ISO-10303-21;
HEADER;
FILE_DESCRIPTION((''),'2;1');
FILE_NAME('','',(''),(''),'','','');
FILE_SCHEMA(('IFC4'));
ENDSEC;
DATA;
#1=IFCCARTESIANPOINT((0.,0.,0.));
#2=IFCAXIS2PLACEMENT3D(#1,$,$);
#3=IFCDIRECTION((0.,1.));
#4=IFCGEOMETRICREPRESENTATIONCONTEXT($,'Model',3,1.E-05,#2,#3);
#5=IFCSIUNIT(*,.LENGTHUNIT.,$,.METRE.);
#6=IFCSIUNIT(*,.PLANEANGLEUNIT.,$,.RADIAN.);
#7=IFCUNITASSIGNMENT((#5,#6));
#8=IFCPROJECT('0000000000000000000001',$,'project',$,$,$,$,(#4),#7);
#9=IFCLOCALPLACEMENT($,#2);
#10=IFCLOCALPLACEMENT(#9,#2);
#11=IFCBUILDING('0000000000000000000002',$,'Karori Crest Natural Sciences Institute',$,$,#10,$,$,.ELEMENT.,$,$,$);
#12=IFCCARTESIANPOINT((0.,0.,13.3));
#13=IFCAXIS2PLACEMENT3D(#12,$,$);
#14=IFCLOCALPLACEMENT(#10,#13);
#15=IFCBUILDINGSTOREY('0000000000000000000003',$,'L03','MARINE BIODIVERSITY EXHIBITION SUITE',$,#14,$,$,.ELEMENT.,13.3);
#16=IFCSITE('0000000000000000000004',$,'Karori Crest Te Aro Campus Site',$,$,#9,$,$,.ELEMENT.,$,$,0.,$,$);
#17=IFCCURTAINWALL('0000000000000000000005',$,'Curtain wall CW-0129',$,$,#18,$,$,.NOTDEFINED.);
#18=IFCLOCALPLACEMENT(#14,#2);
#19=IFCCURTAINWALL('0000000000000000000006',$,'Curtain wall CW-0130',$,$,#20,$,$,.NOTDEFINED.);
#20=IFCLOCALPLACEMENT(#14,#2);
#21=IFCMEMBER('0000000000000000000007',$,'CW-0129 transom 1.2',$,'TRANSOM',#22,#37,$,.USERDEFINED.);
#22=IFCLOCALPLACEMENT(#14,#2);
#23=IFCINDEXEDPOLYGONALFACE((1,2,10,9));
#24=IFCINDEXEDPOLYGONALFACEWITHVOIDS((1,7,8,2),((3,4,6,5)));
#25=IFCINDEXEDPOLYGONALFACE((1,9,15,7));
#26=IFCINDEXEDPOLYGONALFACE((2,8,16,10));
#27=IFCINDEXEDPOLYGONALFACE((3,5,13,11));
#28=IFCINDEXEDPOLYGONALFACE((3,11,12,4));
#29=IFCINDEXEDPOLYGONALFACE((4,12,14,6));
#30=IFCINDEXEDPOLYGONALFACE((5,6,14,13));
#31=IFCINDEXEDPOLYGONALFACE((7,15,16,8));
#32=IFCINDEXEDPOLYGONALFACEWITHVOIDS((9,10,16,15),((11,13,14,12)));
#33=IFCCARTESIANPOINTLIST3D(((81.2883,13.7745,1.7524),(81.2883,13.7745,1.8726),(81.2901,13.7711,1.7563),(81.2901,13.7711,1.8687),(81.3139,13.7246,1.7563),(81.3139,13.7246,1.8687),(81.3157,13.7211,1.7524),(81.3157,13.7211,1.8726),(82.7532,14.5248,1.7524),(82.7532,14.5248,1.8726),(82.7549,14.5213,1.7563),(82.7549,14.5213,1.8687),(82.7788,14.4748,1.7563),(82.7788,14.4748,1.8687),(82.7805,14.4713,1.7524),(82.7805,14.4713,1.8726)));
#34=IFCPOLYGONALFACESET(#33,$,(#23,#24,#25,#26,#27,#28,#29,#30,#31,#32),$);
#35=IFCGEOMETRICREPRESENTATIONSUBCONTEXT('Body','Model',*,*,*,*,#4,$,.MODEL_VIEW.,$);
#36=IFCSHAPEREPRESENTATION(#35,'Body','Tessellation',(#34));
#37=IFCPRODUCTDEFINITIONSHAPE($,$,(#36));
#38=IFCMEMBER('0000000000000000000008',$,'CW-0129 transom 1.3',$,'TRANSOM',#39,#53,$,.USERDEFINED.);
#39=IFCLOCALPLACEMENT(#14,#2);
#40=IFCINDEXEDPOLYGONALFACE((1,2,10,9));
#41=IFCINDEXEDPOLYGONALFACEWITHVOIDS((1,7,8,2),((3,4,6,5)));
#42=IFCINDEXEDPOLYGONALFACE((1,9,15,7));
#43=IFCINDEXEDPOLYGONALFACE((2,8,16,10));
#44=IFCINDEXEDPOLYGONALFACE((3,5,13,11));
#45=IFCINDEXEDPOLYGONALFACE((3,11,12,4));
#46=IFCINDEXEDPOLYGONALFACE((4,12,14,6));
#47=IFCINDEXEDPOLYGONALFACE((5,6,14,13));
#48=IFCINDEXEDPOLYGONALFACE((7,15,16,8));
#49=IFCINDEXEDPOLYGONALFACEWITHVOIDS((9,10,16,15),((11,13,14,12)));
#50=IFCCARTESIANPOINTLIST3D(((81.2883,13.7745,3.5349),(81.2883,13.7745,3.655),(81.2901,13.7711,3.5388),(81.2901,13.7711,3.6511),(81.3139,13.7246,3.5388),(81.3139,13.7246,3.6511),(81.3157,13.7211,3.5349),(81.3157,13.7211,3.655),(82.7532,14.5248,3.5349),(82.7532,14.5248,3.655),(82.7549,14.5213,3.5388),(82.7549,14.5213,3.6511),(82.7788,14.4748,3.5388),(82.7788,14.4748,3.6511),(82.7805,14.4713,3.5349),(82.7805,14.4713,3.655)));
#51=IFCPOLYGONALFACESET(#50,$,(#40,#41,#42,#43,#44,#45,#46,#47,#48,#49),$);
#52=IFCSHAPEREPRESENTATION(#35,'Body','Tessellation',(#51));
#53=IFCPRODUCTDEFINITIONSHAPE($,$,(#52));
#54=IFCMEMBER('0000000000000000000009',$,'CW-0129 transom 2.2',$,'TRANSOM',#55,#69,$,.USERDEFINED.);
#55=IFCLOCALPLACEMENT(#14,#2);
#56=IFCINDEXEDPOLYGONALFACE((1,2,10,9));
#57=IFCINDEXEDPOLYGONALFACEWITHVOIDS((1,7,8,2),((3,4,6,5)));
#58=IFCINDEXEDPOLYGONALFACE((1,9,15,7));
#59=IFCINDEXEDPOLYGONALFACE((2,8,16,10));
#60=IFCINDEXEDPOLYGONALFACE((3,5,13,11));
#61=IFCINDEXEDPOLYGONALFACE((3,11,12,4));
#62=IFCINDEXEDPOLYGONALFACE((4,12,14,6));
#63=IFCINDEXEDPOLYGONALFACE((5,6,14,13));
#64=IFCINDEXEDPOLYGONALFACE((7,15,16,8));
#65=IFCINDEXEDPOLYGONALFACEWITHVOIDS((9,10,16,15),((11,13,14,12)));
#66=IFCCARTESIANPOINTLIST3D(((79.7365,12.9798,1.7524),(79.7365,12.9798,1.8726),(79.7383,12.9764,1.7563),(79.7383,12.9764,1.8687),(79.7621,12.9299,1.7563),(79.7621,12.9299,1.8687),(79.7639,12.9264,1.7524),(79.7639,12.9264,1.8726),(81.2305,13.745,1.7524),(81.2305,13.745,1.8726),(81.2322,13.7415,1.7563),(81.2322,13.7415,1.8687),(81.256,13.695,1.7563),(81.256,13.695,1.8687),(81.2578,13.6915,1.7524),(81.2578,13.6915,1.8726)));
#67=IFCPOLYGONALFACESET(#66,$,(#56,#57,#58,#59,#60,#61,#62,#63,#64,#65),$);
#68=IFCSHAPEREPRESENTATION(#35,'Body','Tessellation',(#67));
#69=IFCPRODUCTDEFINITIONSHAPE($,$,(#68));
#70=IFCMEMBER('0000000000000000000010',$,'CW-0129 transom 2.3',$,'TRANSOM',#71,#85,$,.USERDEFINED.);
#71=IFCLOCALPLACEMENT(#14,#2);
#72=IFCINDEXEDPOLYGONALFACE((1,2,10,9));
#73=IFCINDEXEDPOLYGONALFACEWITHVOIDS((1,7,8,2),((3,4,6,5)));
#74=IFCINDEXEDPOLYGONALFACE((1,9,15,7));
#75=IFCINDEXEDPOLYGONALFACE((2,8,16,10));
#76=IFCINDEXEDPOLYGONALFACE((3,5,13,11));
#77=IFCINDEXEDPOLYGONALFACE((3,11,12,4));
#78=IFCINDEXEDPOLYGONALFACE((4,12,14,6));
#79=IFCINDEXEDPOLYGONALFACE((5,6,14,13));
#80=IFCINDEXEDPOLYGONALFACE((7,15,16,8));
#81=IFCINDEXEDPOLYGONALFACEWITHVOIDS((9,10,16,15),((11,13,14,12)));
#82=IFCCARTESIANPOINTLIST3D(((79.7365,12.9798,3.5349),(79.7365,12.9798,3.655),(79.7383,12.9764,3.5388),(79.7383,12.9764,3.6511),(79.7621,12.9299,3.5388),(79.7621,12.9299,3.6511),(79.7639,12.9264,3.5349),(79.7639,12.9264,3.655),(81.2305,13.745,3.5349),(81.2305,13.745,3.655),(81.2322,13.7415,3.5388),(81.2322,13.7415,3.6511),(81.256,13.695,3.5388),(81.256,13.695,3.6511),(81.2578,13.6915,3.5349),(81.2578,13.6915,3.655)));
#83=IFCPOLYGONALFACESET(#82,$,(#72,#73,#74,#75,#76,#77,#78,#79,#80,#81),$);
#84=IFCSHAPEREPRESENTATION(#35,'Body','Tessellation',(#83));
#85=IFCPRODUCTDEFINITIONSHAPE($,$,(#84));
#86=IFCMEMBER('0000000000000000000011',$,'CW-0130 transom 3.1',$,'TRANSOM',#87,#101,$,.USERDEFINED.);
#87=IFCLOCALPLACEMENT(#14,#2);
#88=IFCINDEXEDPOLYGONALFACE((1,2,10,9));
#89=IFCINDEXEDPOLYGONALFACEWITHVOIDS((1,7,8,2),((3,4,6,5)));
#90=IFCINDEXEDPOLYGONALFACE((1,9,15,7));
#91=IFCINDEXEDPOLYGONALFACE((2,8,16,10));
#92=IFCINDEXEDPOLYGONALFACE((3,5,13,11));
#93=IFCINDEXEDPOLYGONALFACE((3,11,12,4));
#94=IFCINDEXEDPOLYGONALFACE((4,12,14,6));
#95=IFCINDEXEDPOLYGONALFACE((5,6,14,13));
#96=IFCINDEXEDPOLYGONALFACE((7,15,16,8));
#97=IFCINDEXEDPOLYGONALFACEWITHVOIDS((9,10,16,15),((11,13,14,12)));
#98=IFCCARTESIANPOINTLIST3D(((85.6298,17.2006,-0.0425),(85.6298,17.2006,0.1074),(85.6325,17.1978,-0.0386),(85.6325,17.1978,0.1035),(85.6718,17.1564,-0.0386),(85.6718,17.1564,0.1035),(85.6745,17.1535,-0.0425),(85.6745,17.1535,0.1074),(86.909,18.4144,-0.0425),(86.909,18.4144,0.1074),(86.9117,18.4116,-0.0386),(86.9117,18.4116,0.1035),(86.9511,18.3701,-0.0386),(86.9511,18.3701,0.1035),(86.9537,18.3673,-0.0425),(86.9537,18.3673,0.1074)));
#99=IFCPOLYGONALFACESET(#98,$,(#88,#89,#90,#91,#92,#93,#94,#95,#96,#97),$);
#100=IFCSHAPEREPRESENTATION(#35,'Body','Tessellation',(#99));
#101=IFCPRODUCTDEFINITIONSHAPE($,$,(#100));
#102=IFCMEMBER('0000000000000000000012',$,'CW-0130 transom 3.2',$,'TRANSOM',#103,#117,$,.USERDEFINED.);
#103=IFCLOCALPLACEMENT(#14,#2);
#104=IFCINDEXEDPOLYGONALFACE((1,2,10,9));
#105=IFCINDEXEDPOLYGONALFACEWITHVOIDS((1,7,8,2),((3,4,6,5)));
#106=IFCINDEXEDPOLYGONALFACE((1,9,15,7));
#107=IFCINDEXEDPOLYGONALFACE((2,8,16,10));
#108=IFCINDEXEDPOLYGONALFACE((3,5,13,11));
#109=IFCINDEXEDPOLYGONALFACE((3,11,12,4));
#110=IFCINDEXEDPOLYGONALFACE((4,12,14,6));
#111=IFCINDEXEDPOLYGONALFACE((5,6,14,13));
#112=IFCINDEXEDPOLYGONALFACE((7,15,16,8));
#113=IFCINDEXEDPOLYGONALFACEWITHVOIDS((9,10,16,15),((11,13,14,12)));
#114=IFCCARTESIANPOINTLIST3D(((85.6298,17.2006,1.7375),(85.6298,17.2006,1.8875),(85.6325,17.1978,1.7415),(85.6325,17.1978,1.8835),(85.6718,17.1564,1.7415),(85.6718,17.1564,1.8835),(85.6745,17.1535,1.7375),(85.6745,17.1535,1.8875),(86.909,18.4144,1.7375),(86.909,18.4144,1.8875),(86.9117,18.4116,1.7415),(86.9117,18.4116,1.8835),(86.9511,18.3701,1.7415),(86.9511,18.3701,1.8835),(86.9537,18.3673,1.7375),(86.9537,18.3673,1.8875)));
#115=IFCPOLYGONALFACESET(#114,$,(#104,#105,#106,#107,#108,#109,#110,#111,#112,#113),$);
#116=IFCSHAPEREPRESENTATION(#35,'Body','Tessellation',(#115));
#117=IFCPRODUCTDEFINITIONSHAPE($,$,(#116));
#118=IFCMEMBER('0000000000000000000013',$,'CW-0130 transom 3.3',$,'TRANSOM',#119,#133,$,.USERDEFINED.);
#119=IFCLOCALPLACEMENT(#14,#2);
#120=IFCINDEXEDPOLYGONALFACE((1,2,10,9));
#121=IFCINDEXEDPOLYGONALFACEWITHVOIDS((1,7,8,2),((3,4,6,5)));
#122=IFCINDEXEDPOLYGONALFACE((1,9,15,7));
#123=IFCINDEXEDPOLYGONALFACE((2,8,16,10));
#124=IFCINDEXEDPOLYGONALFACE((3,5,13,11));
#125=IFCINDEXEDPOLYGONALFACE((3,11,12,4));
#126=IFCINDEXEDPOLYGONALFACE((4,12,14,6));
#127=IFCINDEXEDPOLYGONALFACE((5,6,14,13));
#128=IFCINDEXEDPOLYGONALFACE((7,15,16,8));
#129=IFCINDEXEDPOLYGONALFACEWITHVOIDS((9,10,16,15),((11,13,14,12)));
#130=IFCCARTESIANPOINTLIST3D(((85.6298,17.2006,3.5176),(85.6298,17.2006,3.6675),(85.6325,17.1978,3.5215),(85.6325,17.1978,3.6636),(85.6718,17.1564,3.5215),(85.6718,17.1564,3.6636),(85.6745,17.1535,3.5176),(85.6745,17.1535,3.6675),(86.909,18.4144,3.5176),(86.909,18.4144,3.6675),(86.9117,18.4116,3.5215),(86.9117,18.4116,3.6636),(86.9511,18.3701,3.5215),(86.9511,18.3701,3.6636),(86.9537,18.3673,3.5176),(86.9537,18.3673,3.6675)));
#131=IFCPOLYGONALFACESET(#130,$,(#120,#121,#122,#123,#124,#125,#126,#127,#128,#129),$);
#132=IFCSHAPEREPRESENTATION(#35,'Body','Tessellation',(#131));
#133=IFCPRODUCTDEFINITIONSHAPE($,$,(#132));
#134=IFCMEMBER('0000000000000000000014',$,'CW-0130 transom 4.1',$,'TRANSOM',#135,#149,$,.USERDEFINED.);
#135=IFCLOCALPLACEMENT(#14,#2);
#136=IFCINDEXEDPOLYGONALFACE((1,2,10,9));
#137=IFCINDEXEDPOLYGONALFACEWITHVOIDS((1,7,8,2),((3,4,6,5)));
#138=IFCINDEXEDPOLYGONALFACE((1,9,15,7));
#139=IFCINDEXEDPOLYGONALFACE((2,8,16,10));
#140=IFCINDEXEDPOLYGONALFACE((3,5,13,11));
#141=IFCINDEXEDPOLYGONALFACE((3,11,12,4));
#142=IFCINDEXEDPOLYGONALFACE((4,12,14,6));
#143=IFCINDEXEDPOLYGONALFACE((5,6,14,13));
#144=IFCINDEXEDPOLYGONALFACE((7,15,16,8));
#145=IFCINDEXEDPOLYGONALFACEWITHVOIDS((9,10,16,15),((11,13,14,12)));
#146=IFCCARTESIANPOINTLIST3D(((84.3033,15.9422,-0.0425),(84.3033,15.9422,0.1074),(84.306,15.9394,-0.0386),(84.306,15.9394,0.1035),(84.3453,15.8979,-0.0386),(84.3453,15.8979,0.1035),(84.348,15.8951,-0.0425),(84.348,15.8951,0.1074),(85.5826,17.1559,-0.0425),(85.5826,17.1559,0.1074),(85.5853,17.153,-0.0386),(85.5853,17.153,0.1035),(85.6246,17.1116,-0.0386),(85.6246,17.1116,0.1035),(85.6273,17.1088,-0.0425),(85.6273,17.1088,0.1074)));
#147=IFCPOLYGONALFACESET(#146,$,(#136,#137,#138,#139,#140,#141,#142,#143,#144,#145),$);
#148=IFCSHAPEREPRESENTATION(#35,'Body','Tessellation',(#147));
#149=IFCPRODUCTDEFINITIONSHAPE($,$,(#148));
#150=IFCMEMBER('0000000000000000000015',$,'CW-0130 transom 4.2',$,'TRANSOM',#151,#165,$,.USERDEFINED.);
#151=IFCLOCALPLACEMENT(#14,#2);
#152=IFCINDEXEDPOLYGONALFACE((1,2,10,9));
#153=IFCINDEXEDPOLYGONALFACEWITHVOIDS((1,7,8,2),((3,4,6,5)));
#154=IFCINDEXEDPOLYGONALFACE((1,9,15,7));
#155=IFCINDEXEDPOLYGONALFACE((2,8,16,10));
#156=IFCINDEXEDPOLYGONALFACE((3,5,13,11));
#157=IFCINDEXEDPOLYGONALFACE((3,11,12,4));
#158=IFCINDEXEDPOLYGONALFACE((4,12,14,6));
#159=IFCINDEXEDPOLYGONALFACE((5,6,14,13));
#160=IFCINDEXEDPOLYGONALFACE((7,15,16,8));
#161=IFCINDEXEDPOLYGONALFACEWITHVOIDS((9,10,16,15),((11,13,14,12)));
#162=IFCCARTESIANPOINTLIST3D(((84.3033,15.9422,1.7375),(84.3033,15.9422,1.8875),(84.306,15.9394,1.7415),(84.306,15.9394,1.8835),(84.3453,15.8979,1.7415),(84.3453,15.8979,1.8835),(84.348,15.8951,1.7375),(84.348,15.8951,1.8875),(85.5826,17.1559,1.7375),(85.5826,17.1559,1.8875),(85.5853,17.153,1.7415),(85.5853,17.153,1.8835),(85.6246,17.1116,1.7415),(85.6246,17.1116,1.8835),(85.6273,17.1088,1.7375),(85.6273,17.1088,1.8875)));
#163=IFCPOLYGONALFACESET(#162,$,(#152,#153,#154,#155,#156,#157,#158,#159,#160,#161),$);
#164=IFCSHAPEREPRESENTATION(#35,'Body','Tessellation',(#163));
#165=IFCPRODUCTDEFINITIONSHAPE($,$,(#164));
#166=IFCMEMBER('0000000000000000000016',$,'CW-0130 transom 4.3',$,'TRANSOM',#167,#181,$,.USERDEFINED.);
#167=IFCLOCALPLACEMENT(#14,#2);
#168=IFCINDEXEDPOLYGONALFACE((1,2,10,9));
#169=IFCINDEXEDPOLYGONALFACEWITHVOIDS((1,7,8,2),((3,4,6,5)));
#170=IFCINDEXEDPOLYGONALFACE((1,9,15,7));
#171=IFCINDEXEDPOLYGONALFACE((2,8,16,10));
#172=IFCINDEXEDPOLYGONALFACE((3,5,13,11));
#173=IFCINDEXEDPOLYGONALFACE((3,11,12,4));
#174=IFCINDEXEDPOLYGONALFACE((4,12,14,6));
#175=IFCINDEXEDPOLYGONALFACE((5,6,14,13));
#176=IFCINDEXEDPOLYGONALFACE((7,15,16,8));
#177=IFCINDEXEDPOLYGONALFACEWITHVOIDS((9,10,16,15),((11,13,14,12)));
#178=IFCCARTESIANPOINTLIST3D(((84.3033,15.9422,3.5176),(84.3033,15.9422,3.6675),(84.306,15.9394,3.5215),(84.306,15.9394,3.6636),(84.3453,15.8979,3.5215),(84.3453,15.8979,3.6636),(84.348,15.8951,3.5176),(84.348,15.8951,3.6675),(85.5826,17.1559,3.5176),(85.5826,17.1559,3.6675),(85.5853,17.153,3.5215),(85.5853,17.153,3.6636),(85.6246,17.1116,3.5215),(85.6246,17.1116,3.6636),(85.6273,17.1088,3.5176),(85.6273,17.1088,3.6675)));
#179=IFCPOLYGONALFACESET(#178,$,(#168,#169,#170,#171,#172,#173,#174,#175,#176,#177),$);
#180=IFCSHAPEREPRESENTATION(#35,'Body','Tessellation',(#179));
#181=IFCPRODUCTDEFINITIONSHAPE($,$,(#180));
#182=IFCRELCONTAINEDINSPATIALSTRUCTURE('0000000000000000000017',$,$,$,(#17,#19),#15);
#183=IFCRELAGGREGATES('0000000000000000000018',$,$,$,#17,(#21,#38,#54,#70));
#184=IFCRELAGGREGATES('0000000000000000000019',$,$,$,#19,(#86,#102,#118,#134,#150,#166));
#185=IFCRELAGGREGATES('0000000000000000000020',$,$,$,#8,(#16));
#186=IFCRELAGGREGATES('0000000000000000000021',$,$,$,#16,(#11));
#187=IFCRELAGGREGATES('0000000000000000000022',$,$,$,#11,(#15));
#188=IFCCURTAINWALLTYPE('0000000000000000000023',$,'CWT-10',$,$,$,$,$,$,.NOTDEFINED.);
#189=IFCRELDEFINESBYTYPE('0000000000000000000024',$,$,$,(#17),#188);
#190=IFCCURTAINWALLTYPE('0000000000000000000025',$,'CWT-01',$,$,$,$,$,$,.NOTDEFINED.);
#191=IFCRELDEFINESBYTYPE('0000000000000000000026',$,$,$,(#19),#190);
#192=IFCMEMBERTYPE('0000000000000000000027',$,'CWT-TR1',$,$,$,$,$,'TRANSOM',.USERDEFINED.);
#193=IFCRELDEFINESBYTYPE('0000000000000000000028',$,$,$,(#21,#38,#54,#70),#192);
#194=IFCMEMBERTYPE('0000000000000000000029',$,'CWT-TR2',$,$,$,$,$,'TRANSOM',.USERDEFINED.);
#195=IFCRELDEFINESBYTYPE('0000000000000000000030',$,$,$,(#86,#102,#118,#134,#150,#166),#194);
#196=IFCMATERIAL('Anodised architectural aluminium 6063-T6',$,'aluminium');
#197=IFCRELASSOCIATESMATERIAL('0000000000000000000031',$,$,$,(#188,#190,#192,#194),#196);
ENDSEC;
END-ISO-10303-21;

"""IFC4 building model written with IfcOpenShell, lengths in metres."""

from ifc_helpers import new_model, si_unit, direction, frame, origin, origin_2d, place, context, subcontext, project, spatial, hollow_rectangle, extrude, material, material_profile, profile_set, type_object, element, aggregate, save


model = new_model("IFC4")

# Units and contexts
model_context = context("Model", 3, precision=1e-05, world=origin(), true_north=direction((0.0, 1.0)))
body_context = subcontext(model_context, "Body", "Model", "MODEL_VIEW")
ifc_project = project(units=[si_unit("LENGTHUNIT", "METRE"), si_unit("PLANEANGLEUNIT", "RADIAN")], contexts=[model_context])

# Site, building, storey
site_placement = place(None, origin())
site = spatial("IfcSite", under=ifc_project, at=site_placement, Name="Karori Crest Te Aro Campus Site", CompositionType="ELEMENT", RefElevation=0.0)
building_placement = place(site_placement, origin())
building = spatial("IfcBuilding", under=site, at=building_placement, Name="Karori Crest Natural Sciences Institute", CompositionType="ELEMENT")
storey_placement = place(building_placement, frame((0.0, 0.0, 13.3)))
storey = spatial("IfcBuildingStorey", under=building, at=storey_placement, Name="L03", Description="MARINE BIODIVERSITY EXHIBITION SUITE", CompositionType="ELEMENT", Elevation=13.3)

# Curtain walls
ifc_material_1 = material(Name="Anodised architectural aluminium 6063-T6", Category="aluminium")
curtain_wall_type_1 = type_object("IfcCurtainWallType", Name="CWT-10", PredefinedType="NOTDEFINED", material=ifc_material_1)
curtain_wall_1_placement = place(storey_placement, origin())
curtain_wall_1 = element("IfcCurtainWall", 1, at=curtain_wall_1_placement, inside=storey, type_object=curtain_wall_type_1, Name="Curtain wall CW-0129", PredefinedType="NOTDEFINED")
curtain_wall_type_2 = type_object("IfcCurtainWallType", Name="CWT-01", PredefinedType="NOTDEFINED", material=ifc_material_1)
curtain_wall_2_placement = place(storey_placement, origin())
curtain_wall_2 = element("IfcCurtainWall", 2, at=curtain_wall_2_placement, inside=storey, type_object=curtain_wall_type_2, Name="Curtain wall CW-0130", PredefinedType="NOTDEFINED")

# Members
ifc_material_profile_1 = material_profile(ifc_material_1, hollow_rectangle(XDim=0.0601, YDim=0.1201, WallThickness=0.0039, at=origin_2d()), Name="CWT120x60x4")
ifc_profile_set_1 = profile_set([ifc_material_profile_1], Name="Anodised architectural aluminium 6063-T6")
member_type_1 = type_object("IfcMemberType", Name="CWT-TR1", ElementType="TRANSOM", PredefinedType="USERDEFINED", material=ifc_profile_set_1)
member_1_placement = place(storey_placement, frame((82.7668, 14.498, 1.8125), z_axis=(-0.890054, -0.455856, 0.0), x_axis=(0.455856, -0.890054, 0.0)))
member_1 = element("IfcMember", 3, at=member_1_placement, type_object=member_type_1, Name="CW-0129 transom 1.2", ObjectType="TRANSOM", PredefinedType="USERDEFINED", context=body_context, shape_type="SweptSolid", body=[
    extrude(hollow_rectangle(XDim=0.0601, YDim=0.1201, WallThickness=0.0039, at=origin_2d()), origin(), (0.0, 0.0, 1.0), 1.6458),
])
member_2_placement = place(storey_placement, frame((82.7668, 14.498, 3.595), z_axis=(-0.890054, -0.455856, 0.0), x_axis=(0.455856, -0.890054, 0.0)))
member_2 = element("IfcMember", 4, at=member_2_placement, type_object=member_type_1, Name="CW-0129 transom 1.3", ObjectType="TRANSOM", PredefinedType="USERDEFINED", context=body_context, shape_type="SweptSolid", body=[
    extrude(hollow_rectangle(XDim=0.0601, YDim=0.1201, WallThickness=0.0039, at=origin_2d()), origin(), (0.0, 0.0, 1.0), 1.6458),
])
member_3_placement = place(storey_placement, frame((81.2441, 13.7183, 1.8125), z_axis=(-0.890051, -0.455862, 0.0), x_axis=(0.455862, -0.890051, 0.0)))
member_3 = element("IfcMember", 5, at=member_3_placement, type_object=member_type_1, Name="CW-0129 transom 2.2", ObjectType="TRANSOM", PredefinedType="USERDEFINED", context=body_context, shape_type="SweptSolid", body=[
    extrude(hollow_rectangle(XDim=0.0601, YDim=0.1201, WallThickness=0.0039, at=origin_2d()), origin(), (0.0, 0.0, 1.0), 1.6785),
])
member_4_placement = place(storey_placement, frame((81.2441, 13.7183, 3.595), z_axis=(-0.890051, -0.455862, 0.0), x_axis=(0.455862, -0.890051, 0.0)))
member_4 = element("IfcMember", 6, at=member_4_placement, type_object=member_type_1, Name="CW-0129 transom 2.3", ObjectType="TRANSOM", PredefinedType="USERDEFINED", context=body_context, shape_type="SweptSolid", body=[
    extrude(hollow_rectangle(XDim=0.0601, YDim=0.1201, WallThickness=0.0039, at=origin_2d()), origin(), (0.0, 0.0, 1.0), 1.6785),
])
ifc_material_profile_2 = material_profile(ifc_material_1, hollow_rectangle(XDim=0.0649, YDim=0.1499, WallThickness=0.0039, at=origin_2d()), Name="CWT150x65x4")
ifc_profile_set_2 = profile_set([ifc_material_profile_2], Name="Anodised architectural aluminium 6063-T6")
member_type_2 = type_object("IfcMemberType", Name="CWT-TR2", ElementType="TRANSOM", PredefinedType="USERDEFINED", material=ifc_profile_set_2)
member_5_placement = place(storey_placement, frame((86.9314, 18.3909, 0.0325), z_axis=(-0.725414, -0.688313, 0.0), x_axis=(0.688313, -0.725414, 0.0)))
member_5 = element("IfcMember", 7, at=member_5_placement, type_object=member_type_2, Name="CW-0130 transom 3.1", ObjectType="TRANSOM", PredefinedType="USERDEFINED", context=body_context, shape_type="SweptSolid", body=[
    extrude(hollow_rectangle(XDim=0.0649, YDim=0.1499, WallThickness=0.0039, at=origin_2d()), origin(), (0.0, 0.0, 1.0), 1.7634),
])
member_6_placement = place(storey_placement, frame((86.9314, 18.3909, 1.8125), z_axis=(-0.725414, -0.688313, 0.0), x_axis=(0.688313, -0.725414, 0.0)))
member_6 = element("IfcMember", 8, at=member_6_placement, type_object=member_type_2, Name="CW-0130 transom 3.2", ObjectType="TRANSOM", PredefinedType="USERDEFINED", context=body_context, shape_type="SweptSolid", body=[
    extrude(hollow_rectangle(XDim=0.0649, YDim=0.1499, WallThickness=0.0039, at=origin_2d()), origin(), (0.0, 0.0, 1.0), 1.7634),
])
member_7_placement = place(storey_placement, frame((86.9314, 18.3909, 3.5925), z_axis=(-0.725414, -0.688313, 0.0), x_axis=(0.688313, -0.725414, 0.0)))
member_7 = element("IfcMember", 9, at=member_7_placement, type_object=member_type_2, Name="CW-0130 transom 3.3", ObjectType="TRANSOM", PredefinedType="USERDEFINED", context=body_context, shape_type="SweptSolid", body=[
    extrude(hollow_rectangle(XDim=0.0649, YDim=0.1499, WallThickness=0.0039, at=origin_2d()), origin(), (0.0, 0.0, 1.0), 1.7634),
])
member_8_placement = place(storey_placement, frame((85.605, 17.1323, 0.0325), z_axis=(-0.725483, -0.68824, 0.0), x_axis=(0.68824, -0.725483, 0.0)))
member_8 = element("IfcMember", 10, at=member_8_placement, type_object=member_type_2, Name="CW-0130 transom 4.1", ObjectType="TRANSOM", PredefinedType="USERDEFINED", context=body_context, shape_type="SweptSolid", body=[
    extrude(hollow_rectangle(XDim=0.0649, YDim=0.1499, WallThickness=0.0039, at=origin_2d()), origin(), (0.0, 0.0, 1.0), 1.7634),
])
member_9_placement = place(storey_placement, frame((85.605, 17.1323, 1.8125), z_axis=(-0.725483, -0.68824, 0.0), x_axis=(0.68824, -0.725483, 0.0)))
member_9 = element("IfcMember", 11, at=member_9_placement, type_object=member_type_2, Name="CW-0130 transom 4.2", ObjectType="TRANSOM", PredefinedType="USERDEFINED", context=body_context, shape_type="SweptSolid", body=[
    extrude(hollow_rectangle(XDim=0.0649, YDim=0.1499, WallThickness=0.0039, at=origin_2d()), origin(), (0.0, 0.0, 1.0), 1.7634),
])
member_10_placement = place(storey_placement, frame((85.605, 17.1323, 3.5925), z_axis=(-0.725483, -0.68824, 0.0), x_axis=(0.68824, -0.725483, 0.0)))
member_10 = element("IfcMember", 12, at=member_10_placement, type_object=member_type_2, Name="CW-0130 transom 4.3", ObjectType="TRANSOM", PredefinedType="USERDEFINED", context=body_context, shape_type="SweptSolid", body=[
    extrude(hollow_rectangle(XDim=0.0649, YDim=0.1499, WallThickness=0.0039, at=origin_2d()), origin(), (0.0, 0.0, 1.0), 1.7634),
])

aggregate(curtain_wall_1, [member_1, member_2, member_3, member_4])
aggregate(curtain_wall_2, [member_5, member_6, member_7, member_8, member_9, member_10])

save(model, "model.ifc")
